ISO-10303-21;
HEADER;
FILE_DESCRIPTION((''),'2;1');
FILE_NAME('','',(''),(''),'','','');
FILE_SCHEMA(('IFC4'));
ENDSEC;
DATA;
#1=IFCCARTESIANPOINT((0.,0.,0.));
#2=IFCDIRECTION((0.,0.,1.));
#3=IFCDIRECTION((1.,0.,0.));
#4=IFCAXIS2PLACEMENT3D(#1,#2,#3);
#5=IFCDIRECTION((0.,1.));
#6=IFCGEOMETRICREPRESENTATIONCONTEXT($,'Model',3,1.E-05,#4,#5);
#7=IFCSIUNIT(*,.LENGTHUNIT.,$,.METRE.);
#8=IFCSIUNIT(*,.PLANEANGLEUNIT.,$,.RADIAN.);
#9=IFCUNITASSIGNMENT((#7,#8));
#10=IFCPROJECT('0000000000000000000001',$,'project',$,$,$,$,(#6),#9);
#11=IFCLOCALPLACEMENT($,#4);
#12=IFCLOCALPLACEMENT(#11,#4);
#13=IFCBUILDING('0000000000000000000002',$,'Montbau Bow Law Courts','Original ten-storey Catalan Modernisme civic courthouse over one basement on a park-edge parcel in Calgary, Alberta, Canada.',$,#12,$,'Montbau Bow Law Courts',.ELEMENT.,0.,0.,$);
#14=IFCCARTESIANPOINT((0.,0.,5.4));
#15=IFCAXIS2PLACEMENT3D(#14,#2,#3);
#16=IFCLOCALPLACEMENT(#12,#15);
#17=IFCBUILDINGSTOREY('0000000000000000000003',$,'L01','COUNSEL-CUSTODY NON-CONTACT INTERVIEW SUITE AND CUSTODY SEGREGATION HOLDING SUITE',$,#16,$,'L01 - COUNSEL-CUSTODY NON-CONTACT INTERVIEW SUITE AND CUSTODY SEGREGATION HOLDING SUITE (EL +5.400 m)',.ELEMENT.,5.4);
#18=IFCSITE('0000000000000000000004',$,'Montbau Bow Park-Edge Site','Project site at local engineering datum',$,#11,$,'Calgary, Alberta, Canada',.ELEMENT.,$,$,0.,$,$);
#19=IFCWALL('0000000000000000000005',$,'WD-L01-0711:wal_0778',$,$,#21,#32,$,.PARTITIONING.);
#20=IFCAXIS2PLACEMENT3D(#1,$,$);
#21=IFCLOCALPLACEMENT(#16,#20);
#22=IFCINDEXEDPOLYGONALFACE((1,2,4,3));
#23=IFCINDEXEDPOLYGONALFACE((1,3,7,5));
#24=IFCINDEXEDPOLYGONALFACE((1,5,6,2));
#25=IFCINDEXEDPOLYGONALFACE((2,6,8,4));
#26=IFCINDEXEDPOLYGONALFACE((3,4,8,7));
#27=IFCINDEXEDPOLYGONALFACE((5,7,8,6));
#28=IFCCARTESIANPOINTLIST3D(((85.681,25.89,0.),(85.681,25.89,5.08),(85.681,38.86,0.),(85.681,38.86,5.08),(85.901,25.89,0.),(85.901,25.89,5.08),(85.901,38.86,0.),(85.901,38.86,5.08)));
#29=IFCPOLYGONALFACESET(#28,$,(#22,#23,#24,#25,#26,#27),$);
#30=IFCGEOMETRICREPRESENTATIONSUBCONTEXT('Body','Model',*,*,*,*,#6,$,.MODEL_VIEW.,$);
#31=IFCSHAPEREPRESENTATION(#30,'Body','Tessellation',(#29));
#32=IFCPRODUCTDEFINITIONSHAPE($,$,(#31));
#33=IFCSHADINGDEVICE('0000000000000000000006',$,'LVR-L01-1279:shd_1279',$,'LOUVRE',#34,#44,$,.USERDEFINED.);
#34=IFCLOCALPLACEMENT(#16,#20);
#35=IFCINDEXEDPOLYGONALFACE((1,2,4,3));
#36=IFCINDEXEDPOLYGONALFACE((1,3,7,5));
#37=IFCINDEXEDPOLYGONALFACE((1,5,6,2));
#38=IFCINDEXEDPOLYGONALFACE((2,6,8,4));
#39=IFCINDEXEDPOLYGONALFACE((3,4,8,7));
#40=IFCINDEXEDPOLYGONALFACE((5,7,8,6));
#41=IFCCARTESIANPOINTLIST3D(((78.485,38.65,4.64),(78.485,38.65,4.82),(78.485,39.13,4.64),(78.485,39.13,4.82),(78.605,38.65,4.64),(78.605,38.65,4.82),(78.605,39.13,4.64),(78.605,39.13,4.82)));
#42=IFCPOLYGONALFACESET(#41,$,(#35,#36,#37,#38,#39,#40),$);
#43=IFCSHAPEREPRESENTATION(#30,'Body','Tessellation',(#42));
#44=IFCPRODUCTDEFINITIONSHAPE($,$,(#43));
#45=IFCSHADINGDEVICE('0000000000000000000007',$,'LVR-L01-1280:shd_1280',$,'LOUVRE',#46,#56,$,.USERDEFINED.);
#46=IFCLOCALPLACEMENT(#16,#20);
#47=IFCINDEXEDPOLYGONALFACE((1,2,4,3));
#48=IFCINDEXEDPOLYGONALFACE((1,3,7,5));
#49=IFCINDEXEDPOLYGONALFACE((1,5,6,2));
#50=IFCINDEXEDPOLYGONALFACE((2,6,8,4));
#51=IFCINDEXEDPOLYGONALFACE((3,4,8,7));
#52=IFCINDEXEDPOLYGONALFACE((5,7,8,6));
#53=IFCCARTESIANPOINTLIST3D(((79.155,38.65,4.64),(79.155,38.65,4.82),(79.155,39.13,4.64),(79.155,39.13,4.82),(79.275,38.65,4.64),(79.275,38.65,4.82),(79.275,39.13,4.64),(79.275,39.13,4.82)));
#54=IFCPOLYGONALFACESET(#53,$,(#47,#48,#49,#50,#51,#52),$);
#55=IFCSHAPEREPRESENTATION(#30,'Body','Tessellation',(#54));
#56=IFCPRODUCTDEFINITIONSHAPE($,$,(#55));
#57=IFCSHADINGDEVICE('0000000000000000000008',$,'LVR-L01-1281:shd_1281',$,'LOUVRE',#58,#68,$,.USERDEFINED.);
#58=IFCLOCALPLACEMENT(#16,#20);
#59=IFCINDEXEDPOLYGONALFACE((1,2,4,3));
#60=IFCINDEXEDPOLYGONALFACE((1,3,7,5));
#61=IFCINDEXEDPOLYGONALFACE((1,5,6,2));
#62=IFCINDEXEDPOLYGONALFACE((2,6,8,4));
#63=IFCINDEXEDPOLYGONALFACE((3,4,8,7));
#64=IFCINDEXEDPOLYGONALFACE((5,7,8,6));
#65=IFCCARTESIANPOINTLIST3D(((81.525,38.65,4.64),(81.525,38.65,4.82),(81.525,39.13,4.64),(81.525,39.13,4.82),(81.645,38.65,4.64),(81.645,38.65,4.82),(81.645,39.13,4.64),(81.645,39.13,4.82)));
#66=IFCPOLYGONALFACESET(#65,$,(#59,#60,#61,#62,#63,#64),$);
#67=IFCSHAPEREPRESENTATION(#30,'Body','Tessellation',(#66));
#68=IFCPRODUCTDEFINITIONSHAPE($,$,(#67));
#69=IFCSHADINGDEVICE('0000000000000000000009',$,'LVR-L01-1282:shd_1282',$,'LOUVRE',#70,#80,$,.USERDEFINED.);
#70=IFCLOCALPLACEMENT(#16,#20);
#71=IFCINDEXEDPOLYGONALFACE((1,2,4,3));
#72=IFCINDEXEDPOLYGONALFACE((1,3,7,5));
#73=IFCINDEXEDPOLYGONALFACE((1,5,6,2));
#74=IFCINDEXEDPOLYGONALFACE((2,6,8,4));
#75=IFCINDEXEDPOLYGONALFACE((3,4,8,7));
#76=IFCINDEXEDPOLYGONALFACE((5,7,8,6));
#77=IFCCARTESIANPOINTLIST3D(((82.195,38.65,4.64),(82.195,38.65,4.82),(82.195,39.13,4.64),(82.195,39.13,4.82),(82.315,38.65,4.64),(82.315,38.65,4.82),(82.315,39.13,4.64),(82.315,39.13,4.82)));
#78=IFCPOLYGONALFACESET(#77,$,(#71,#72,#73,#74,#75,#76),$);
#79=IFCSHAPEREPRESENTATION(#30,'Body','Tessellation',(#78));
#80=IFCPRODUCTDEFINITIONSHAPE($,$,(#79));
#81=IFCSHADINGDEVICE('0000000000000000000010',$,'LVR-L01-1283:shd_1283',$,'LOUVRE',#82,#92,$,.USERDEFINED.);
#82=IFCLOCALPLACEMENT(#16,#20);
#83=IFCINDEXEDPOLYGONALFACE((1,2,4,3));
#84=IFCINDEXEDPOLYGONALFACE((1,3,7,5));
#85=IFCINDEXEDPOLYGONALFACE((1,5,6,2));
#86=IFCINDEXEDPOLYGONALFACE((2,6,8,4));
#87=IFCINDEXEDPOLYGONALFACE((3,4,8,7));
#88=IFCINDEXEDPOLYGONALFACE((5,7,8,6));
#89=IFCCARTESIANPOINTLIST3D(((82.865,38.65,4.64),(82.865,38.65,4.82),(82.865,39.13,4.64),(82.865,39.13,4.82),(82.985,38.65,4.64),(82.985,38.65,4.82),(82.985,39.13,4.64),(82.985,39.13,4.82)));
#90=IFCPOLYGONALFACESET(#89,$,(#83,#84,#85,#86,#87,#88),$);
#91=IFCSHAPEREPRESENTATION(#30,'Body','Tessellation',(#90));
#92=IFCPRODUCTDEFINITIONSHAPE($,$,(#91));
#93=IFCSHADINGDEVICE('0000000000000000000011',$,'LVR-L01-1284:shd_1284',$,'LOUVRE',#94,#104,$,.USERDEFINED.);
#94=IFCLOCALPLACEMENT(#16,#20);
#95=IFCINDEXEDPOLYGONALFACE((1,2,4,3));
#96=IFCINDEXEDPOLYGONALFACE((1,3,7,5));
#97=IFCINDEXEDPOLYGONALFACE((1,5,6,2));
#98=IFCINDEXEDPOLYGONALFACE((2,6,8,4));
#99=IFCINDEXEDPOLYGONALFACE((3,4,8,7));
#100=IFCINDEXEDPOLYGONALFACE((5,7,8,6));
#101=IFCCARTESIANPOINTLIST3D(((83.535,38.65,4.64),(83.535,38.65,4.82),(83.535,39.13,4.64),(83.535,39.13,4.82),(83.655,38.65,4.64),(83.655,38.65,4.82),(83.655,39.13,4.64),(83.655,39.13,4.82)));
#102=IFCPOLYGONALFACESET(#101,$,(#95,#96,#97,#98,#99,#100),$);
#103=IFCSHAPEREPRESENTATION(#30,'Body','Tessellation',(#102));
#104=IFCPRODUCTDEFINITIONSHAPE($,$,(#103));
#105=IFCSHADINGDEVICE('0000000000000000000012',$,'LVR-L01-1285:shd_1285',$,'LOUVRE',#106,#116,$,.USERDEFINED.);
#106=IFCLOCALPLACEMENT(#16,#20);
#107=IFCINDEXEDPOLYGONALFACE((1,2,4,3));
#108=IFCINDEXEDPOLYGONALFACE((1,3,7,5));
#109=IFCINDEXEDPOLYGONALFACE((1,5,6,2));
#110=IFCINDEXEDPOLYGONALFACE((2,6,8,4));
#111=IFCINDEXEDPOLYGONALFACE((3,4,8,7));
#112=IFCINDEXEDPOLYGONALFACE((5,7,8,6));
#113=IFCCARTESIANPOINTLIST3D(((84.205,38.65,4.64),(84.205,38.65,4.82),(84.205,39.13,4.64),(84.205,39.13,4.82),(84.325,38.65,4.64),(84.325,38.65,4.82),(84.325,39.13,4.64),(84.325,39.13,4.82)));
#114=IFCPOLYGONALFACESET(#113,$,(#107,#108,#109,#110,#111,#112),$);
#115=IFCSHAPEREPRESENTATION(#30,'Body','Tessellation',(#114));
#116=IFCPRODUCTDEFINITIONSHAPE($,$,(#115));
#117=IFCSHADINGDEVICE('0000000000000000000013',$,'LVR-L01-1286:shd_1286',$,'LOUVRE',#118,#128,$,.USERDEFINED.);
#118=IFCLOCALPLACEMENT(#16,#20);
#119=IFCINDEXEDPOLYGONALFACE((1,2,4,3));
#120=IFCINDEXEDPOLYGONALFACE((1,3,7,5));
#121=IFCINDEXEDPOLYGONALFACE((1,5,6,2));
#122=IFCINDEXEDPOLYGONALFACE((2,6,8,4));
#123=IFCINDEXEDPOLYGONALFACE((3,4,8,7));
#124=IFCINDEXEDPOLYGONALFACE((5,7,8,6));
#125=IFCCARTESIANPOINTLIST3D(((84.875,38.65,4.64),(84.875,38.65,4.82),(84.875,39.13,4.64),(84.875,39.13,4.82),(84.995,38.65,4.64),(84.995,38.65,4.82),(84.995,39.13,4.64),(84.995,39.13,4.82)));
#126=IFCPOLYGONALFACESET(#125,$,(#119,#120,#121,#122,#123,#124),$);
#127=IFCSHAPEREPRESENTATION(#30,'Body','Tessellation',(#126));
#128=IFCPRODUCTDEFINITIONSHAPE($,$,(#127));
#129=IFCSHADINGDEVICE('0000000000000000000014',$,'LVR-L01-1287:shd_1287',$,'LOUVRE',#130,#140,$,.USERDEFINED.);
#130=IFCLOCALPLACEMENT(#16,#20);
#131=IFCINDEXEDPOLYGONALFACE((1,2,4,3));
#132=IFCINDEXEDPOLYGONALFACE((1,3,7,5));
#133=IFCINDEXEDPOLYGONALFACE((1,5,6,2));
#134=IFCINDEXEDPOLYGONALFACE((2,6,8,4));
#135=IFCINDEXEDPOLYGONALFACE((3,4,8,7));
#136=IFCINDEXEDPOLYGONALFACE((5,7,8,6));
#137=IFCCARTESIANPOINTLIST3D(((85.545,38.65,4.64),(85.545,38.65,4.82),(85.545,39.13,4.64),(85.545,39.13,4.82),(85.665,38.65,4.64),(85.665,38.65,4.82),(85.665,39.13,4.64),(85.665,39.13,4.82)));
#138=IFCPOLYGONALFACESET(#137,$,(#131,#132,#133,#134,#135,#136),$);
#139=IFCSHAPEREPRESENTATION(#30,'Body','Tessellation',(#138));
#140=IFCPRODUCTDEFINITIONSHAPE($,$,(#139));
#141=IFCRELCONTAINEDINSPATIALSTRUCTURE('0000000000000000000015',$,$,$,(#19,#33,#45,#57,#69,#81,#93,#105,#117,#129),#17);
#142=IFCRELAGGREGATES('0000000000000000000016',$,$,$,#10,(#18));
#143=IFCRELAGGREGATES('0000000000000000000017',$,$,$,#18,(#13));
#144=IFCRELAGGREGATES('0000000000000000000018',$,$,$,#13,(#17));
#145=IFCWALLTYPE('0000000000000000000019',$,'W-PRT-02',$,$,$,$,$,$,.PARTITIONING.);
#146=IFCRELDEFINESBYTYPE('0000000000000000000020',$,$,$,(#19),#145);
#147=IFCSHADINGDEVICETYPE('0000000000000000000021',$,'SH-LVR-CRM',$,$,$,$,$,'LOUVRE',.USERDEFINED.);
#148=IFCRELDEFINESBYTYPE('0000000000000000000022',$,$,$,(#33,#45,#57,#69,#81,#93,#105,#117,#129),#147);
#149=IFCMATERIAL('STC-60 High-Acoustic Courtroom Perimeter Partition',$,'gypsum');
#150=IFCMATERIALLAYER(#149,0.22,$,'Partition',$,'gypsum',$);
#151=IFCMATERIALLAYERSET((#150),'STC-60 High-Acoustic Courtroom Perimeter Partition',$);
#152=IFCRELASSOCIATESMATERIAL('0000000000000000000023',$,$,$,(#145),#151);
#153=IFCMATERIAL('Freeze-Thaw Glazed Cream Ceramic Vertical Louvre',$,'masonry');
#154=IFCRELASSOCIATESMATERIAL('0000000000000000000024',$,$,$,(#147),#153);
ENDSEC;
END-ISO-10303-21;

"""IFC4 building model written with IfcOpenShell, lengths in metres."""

from ifc_helpers import new_model, si_unit, direction, frame, frame_2d, origin_with_axes, origin_2d_with_axis, place, context, subcontext, project, spatial, rectangle, extrude, material, layer, layer_set, type_object, element, save


model = new_model("IFC4")

# Units and contexts
model_context = context("Model", 3, precision=1e-05, world=origin_with_axes(), true_north=direction((0.0, 1.0)))
body_context = subcontext(model_context, "Body", "Model", "MODEL_VIEW")
ifc_project = project(units=[si_unit("LENGTHUNIT", "METRE"), si_unit("PLANEANGLEUNIT", "RADIAN")], contexts=[model_context])

# Site, building, storey
site_placement = place(None, origin_with_axes())
site = spatial("IfcSite", under=ifc_project, at=site_placement, Name="Montbau Bow Park-Edge Site", Description="Project site at local engineering datum", LongName="Calgary, Alberta, Canada", CompositionType="ELEMENT", RefElevation=0.0)
building_placement = place(site_placement, origin_with_axes())
building = spatial("IfcBuilding", under=site, at=building_placement, Name="Montbau Bow Law Courts", Description="Original ten-storey Catalan Modernisme civic courthouse over one basement on a park-edge parcel in Calgary, Alberta, Canada.", LongName="Montbau Bow Law Courts", CompositionType="ELEMENT", ElevationOfRefHeight=0.0, ElevationOfTerrain=0.0)
storey_placement = place(building_placement, frame((0.0, 0.0, 5.4), z_axis=(0.0, 0.0, 1.0), x_axis=(1.0, 0.0, 0.0)))
storey = spatial("IfcBuildingStorey", under=building, at=storey_placement, Name="L01", Description="COUNSEL-CUSTODY NON-CONTACT INTERVIEW SUITE AND CUSTODY SEGREGATION HOLDING SUITE", LongName="L01 - COUNSEL-CUSTODY NON-CONTACT INTERVIEW SUITE AND CUSTODY SEGREGATION HOLDING SUITE (EL +5.400 m)", CompositionType="ELEMENT", Elevation=5.4)

# Wall
ifc_material_1 = material(Name="STC-60 High-Acoustic Courtroom Perimeter Partition", Category="gypsum")
ifc_layer_1 = layer(ifc_material_1, 0.22, Name="Partition", Category="gypsum")
ifc_layer_set_1 = layer_set([ifc_layer_1], Name="STC-60 High-Acoustic Courtroom Perimeter Partition")
wall_type = type_object("IfcWallType", Name="W-PRT-02", PredefinedType="PARTITIONING", material=ifc_layer_set_1)
wall_placement = place(None, frame((85.791, 25.89, 5.4), z_axis=(0.0, 0.0, 1.0), x_axis=(0.0, 1.0, 0.0)))
element("IfcWall", 1, at=wall_placement, inside=storey, type_object=wall_type, Name="WD-L01-0711:wal_0778", PredefinedType="PARTITIONING", context=body_context, shape_type="SweptSolid", body=[
    extrude(rectangle(XDim=12.97, YDim=0.22, at=frame_2d((6.485, 0.0), x_axis=(1.0, 0.0))), origin_with_axes(), (0.0, 0.0, 1.0), 5.08),
])

# Shading devices
ifc_material_2 = material(Name="Freeze-Thaw Glazed Cream Ceramic Vertical Louvre", Category="masonry")
shading_device_type = type_object("IfcShadingDeviceType", Name="SH-LVR-CRM", ElementType="LOUVRE", PredefinedType="USERDEFINED", material=ifc_material_2)
for number, where, z_axis, x_axis, name in (
    (2, (78.545, 38.89, 10.04), (0.0, 0.0, 1.0), (0.0, -1.0, 0.0), "LVR-L01-1279:shd_1279"),
    (3, (79.215, 38.89, 10.04), (0.0, 0.0, 1.0), (0.0, -1.0, 0.0), "LVR-L01-1280:shd_1280"),
    (4, (81.585, 38.89, 10.04), (0.0, 0.0, 1.0), (0.0, -1.0, 0.0), "LVR-L01-1281:shd_1281"),
    (5, (82.255, 38.89, 10.04), (0.0, 0.0, 1.0), (0.0, -1.0, 0.0), "LVR-L01-1282:shd_1282"),
    (6, (82.925, 38.89, 10.04), (0.0, 0.0, 1.0), (0.0, -1.0, 0.0), "LVR-L01-1283:shd_1283"),
    (7, (83.595, 38.89, 10.04), (0.0, 0.0, 1.0), (0.0, -1.0, 0.0), "LVR-L01-1284:shd_1284"),
    (8, (84.265, 38.89, 10.04), (0.0, 0.0, 1.0), (0.0, -1.0, 0.0), "LVR-L01-1285:shd_1285"),
    (9, (84.935, 38.89, 10.04), (0.0, 0.0, 1.0), (0.0, -1.0, 0.0), "LVR-L01-1286:shd_1286"),
    (10, (85.605, 38.89, 10.04), (0.0, 0.0, 1.0), (0.0, -1.0, 0.0), "LVR-L01-1287:shd_1287"),
):
    element("IfcShadingDevice", number, at=place(None, frame(where, z_axis=z_axis, x_axis=x_axis)), inside=storey, type_object=shading_device_type, Name=name, ObjectType="LOUVRE", PredefinedType="USERDEFINED", context=body_context, shape_type="SweptSolid", body=[
        extrude(rectangle(XDim=0.48, YDim=0.12, at=origin_2d_with_axis()), origin_with_axes(), (0.0, 0.0, 1.0), 0.18),
    ])

save(model, "model.ifc")
